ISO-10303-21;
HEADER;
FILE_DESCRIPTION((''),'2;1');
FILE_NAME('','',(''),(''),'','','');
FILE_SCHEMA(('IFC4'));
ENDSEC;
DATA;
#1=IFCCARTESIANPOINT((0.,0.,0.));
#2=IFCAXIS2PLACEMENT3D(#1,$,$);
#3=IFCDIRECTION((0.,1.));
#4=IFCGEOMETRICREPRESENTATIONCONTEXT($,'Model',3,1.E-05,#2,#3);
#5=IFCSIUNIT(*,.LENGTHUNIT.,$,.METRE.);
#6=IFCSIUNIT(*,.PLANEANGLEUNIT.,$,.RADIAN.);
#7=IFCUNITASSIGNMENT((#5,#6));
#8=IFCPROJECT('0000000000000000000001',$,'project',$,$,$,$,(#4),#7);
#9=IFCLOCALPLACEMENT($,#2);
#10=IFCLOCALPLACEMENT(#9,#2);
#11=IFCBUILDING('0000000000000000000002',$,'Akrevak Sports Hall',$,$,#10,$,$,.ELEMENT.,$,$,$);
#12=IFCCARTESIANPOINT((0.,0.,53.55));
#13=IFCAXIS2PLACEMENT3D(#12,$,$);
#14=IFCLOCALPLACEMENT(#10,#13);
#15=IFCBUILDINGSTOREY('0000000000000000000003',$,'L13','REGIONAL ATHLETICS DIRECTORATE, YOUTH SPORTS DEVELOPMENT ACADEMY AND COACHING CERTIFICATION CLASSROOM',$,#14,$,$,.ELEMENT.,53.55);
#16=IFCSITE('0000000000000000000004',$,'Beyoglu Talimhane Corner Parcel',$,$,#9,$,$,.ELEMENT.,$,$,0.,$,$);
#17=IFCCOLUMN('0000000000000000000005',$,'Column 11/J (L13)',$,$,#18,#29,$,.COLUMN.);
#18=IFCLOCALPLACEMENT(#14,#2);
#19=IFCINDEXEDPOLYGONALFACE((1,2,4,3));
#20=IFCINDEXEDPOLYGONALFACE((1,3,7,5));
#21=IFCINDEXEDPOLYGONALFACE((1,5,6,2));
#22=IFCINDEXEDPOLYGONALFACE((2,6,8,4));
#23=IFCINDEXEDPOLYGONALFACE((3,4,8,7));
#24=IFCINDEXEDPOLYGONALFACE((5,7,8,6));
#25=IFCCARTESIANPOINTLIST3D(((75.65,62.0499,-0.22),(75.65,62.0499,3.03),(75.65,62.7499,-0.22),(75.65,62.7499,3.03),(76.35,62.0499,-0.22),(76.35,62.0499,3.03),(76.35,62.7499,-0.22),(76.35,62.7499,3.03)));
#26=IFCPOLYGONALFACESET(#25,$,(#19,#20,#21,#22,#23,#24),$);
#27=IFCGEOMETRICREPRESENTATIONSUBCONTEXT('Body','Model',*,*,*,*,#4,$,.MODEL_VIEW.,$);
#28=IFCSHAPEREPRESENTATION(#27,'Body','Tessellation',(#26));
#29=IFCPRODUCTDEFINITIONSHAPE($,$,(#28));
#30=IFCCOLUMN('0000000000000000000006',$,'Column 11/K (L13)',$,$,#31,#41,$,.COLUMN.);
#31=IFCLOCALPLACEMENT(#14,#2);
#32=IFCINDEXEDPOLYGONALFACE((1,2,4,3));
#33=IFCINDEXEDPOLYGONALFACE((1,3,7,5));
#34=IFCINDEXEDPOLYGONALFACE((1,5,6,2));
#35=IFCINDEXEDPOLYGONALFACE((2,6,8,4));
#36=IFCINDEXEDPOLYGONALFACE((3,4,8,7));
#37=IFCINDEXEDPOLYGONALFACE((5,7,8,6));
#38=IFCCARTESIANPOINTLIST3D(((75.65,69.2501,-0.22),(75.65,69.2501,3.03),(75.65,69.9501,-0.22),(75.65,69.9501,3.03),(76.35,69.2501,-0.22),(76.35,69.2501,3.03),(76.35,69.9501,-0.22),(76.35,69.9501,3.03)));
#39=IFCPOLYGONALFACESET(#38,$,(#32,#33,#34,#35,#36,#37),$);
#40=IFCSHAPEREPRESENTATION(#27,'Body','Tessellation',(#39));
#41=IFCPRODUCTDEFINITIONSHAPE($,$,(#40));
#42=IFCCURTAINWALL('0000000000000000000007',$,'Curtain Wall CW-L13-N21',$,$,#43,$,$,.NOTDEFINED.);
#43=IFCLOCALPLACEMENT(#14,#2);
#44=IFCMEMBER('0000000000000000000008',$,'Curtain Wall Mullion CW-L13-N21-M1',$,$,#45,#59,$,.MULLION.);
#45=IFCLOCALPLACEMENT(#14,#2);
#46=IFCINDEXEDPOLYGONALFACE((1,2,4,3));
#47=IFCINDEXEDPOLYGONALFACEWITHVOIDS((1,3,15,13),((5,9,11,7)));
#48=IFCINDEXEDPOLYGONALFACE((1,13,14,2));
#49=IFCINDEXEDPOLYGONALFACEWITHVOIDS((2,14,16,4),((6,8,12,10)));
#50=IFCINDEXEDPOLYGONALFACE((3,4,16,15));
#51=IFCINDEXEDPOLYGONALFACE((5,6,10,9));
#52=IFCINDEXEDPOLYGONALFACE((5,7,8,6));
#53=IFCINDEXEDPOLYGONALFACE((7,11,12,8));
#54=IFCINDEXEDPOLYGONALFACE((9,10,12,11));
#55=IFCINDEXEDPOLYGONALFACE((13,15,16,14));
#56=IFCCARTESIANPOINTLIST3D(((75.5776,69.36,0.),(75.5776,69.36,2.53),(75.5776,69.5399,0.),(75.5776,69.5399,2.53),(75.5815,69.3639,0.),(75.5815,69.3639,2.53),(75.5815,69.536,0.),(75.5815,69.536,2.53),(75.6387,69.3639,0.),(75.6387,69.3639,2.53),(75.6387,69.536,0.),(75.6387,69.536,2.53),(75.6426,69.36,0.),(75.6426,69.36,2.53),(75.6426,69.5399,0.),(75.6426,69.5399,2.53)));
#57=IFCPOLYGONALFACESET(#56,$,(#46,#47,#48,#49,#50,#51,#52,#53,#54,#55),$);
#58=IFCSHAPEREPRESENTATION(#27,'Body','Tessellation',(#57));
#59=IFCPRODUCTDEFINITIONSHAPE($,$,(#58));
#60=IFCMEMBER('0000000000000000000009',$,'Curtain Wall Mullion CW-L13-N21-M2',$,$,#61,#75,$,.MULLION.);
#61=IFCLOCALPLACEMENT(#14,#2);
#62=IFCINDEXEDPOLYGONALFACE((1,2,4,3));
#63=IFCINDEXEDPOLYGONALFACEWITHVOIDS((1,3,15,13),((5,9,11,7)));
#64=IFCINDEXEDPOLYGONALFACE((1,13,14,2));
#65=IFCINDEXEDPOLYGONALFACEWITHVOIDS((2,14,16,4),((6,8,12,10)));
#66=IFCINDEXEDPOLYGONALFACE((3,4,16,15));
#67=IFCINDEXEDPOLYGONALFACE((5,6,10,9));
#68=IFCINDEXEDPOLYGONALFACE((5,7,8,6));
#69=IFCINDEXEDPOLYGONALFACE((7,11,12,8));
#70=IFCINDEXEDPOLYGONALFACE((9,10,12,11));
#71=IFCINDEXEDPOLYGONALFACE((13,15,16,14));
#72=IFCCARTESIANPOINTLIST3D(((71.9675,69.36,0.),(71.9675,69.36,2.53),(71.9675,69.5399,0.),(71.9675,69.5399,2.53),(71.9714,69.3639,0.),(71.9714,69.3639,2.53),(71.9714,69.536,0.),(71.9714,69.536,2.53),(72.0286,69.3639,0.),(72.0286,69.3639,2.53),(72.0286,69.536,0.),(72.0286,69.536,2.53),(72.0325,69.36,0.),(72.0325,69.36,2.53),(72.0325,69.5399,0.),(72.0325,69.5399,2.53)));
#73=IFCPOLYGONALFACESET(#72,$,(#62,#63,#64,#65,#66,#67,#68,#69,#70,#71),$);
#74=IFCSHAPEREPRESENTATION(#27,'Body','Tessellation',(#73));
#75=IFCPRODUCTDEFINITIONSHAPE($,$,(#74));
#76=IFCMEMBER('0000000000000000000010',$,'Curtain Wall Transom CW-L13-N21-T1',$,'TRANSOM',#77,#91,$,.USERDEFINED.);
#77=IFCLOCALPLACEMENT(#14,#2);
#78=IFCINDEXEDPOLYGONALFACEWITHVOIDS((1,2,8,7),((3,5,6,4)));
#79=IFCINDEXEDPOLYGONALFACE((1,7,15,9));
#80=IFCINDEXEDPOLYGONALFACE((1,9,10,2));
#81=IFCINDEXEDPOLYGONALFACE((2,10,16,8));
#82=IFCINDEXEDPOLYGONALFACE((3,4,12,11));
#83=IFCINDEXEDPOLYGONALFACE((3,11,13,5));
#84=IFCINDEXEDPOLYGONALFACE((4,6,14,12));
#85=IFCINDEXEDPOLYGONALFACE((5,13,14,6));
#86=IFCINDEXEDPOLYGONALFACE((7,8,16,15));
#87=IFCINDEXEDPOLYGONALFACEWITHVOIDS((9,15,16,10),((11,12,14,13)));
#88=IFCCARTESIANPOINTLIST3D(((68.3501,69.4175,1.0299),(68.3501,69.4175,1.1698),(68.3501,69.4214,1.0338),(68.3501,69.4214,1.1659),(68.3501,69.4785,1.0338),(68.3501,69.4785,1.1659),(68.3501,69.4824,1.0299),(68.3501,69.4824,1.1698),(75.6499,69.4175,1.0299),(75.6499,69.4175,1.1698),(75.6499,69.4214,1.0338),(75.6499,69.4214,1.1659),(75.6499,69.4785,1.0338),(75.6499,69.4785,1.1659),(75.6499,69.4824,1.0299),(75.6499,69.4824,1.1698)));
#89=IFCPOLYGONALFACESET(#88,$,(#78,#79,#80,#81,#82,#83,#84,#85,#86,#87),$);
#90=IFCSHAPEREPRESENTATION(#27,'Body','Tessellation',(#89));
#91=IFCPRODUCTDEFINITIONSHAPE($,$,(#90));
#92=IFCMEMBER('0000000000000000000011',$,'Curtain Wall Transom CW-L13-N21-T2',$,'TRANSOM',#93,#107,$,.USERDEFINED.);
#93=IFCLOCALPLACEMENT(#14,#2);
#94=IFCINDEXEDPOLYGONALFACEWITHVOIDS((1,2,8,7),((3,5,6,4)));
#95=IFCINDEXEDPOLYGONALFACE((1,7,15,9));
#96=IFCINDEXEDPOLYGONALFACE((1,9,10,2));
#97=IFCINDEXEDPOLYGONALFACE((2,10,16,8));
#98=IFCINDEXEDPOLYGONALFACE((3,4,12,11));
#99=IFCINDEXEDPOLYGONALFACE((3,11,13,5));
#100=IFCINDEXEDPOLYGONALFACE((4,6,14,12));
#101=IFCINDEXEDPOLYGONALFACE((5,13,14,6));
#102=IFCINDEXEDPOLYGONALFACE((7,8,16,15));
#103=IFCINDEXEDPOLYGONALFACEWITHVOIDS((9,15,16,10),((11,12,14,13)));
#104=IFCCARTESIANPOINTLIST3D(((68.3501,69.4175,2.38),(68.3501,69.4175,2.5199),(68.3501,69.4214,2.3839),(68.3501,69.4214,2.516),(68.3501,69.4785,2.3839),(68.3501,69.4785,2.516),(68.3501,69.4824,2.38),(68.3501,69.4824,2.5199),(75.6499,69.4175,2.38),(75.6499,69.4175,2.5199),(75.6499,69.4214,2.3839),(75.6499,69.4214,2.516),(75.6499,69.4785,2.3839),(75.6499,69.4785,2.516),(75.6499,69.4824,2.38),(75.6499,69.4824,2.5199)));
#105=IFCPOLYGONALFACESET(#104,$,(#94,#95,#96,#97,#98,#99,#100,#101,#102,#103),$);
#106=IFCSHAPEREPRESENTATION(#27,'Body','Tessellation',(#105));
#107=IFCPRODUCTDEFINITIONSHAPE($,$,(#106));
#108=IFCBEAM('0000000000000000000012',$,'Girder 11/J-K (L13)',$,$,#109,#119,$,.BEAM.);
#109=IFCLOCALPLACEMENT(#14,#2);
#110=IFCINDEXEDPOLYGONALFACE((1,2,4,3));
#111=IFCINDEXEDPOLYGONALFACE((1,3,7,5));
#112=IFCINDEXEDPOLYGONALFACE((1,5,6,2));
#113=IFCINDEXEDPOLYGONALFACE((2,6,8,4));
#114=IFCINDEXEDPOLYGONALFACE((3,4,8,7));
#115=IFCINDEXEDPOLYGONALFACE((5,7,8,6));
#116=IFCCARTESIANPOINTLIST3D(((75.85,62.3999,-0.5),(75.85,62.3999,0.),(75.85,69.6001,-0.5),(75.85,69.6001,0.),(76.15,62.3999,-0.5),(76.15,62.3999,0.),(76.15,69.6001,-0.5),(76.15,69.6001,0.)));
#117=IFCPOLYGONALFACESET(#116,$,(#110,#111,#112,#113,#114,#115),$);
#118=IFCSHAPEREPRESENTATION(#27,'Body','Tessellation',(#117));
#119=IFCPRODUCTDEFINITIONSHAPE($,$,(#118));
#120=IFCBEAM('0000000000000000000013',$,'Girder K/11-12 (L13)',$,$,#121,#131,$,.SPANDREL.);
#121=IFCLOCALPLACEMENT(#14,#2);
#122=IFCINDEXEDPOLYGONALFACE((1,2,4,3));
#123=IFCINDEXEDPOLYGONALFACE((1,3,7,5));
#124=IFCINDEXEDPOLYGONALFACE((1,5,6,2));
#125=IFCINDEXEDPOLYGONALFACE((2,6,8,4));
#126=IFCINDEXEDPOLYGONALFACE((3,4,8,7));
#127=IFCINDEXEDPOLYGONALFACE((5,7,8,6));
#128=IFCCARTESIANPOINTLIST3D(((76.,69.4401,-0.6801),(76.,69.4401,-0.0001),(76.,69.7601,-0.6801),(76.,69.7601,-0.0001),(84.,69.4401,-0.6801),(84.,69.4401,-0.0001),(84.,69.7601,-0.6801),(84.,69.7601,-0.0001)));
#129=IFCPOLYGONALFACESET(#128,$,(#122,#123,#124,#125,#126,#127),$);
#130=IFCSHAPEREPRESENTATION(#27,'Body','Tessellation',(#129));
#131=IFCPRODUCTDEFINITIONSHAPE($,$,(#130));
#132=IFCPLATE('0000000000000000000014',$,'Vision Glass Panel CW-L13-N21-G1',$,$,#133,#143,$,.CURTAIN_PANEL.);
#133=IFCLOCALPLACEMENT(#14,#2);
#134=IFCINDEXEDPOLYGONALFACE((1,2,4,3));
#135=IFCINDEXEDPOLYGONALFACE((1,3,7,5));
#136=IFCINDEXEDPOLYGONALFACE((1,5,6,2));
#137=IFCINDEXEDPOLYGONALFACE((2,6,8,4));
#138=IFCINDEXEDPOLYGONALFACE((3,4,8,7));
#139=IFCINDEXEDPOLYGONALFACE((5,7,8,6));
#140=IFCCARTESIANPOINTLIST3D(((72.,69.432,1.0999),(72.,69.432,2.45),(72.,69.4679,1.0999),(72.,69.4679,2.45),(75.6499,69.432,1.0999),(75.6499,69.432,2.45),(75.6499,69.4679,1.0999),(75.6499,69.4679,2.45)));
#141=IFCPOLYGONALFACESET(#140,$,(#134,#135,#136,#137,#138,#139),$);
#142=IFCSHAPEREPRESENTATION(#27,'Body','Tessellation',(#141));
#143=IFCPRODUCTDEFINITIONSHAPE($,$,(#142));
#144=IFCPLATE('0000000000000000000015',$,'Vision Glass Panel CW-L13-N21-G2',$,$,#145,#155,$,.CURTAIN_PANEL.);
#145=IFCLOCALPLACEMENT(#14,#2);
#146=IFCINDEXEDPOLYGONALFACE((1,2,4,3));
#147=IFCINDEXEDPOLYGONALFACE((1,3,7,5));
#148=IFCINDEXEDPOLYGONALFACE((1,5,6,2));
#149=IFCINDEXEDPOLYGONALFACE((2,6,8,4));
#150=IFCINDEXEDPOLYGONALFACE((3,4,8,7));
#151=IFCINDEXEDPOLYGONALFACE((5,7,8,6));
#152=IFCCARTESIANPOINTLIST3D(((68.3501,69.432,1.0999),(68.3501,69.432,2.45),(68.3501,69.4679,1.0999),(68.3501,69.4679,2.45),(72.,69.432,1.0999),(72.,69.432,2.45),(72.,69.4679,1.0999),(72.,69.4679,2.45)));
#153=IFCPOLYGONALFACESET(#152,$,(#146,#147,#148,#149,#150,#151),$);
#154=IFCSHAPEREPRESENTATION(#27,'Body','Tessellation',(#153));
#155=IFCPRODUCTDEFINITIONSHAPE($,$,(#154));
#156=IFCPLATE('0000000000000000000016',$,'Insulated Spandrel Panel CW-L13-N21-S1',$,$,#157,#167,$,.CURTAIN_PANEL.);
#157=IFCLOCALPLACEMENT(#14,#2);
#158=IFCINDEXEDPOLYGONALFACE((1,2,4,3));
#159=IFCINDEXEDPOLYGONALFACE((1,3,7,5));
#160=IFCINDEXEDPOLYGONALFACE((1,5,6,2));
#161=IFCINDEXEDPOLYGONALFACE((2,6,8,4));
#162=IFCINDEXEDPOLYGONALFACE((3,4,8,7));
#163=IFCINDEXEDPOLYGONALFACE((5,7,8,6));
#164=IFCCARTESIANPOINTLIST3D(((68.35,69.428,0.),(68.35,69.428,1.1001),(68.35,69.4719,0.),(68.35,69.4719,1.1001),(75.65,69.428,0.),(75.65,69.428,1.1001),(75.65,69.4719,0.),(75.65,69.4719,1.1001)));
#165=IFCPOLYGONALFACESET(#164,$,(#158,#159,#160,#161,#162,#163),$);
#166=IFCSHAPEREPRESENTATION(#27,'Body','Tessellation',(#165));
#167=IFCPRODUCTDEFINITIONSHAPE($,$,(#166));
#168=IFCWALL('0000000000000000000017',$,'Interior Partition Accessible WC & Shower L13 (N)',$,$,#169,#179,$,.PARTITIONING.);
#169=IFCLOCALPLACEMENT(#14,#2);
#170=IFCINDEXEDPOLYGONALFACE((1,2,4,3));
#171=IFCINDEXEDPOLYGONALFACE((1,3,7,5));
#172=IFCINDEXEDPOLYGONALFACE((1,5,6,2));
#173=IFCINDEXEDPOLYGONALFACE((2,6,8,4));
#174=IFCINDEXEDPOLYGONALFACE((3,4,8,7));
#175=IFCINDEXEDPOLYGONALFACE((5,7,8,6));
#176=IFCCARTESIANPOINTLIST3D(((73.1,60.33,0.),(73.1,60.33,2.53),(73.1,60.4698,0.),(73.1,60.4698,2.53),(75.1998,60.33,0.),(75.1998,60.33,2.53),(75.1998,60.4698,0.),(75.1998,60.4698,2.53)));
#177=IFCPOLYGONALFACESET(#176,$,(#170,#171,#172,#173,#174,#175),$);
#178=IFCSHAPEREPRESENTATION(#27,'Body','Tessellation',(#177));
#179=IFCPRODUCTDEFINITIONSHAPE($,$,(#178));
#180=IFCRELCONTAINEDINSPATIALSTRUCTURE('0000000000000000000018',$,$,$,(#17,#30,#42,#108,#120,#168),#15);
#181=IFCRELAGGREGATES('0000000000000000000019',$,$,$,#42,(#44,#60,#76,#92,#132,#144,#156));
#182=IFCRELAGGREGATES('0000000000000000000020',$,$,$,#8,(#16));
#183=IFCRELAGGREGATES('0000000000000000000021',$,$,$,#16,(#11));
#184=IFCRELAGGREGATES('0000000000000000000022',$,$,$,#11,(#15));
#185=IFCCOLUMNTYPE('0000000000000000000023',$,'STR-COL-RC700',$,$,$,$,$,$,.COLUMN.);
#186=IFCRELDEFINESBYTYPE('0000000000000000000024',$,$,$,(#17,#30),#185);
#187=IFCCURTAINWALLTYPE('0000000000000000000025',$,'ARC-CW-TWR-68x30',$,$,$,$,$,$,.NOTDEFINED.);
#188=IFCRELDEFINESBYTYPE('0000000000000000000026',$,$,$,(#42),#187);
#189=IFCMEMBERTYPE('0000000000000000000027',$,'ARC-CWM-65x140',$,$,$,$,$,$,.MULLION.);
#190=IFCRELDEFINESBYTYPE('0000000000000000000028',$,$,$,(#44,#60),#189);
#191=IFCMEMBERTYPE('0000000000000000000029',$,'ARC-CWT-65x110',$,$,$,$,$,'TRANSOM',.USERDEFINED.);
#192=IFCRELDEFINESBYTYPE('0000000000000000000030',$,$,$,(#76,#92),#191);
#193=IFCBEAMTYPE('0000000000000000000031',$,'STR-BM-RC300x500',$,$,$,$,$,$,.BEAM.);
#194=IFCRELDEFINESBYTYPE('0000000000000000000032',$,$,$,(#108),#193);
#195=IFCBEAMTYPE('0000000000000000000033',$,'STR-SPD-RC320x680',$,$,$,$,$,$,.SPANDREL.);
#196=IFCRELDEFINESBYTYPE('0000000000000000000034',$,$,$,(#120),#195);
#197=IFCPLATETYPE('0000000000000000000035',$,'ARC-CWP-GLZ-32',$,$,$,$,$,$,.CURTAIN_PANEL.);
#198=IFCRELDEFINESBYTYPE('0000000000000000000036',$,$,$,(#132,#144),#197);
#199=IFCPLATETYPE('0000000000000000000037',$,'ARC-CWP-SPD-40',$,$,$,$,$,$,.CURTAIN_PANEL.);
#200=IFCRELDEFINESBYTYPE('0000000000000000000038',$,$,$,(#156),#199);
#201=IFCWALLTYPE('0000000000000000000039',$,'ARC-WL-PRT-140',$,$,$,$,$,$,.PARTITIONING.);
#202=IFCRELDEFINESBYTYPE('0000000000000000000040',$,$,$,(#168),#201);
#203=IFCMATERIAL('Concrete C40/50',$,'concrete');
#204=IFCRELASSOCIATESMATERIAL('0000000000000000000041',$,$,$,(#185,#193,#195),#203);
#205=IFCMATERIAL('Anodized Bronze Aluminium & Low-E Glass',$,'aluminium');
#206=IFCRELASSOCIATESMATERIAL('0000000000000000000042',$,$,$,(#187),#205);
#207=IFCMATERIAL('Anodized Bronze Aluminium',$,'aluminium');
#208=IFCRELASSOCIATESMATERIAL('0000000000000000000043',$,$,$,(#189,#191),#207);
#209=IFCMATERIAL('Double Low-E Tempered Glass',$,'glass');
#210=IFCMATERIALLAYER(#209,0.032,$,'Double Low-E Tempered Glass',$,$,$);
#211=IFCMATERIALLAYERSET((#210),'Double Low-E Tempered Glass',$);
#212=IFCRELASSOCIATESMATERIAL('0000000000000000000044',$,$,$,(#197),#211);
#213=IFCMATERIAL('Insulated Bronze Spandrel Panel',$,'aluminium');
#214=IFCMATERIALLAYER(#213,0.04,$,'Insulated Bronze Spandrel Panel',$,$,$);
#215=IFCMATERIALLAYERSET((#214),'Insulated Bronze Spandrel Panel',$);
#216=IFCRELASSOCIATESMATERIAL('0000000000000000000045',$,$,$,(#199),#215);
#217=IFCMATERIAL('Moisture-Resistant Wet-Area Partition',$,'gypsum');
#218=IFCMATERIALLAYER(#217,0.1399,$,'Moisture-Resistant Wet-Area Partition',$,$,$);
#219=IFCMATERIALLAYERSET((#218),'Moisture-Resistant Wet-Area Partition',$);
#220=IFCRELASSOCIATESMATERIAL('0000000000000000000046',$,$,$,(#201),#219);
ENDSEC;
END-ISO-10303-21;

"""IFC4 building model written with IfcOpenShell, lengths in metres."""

from ifc_helpers import new_model, si_unit, direction, frame, frame_2d, origin, origin_2d, place, context, subcontext, project, spatial, rectangle, hollow_rectangle, extrude, material, layer, layer_set, material_profile, profile_set, type_object, element, aggregate, save


model = new_model("IFC4")

# Units and contexts
model_context = context("Model", 3, precision=1e-05, world=origin(), true_north=direction((0.0, 1.0)))
body_context = subcontext(model_context, "Body", "Model", "MODEL_VIEW")
ifc_project = project(units=[si_unit("LENGTHUNIT", "METRE"), si_unit("PLANEANGLEUNIT", "RADIAN")], contexts=[model_context])

# Site, building, storey
site_placement = place(None, origin())
site = spatial("IfcSite", under=ifc_project, at=site_placement, Name="Beyoglu Talimhane Corner Parcel", CompositionType="ELEMENT", RefElevation=0.0)
building_placement = place(site_placement, origin())
building = spatial("IfcBuilding", under=site, at=building_placement, Name="Akrevak Sports Hall", CompositionType="ELEMENT")
storey_placement = place(building_placement, frame((0.0, 0.0, 53.55)))
storey = spatial("IfcBuildingStorey", under=building, at=storey_placement, Name="L13", Description="REGIONAL ATHLETICS DIRECTORATE, YOUTH SPORTS DEVELOPMENT ACADEMY AND COACHING CERTIFICATION CLASSROOM", CompositionType="ELEMENT", Elevation=53.55)

# Columns
ifc_material_1 = material(Name="Concrete C40/50", Category="concrete")
ifc_material_profile_1 = material_profile(ifc_material_1, rectangle(XDim=0.7, YDim=0.7, at=origin_2d()), Name="RC 700x700", Category="concrete")
ifc_profile_set_1 = profile_set([ifc_material_profile_1], Name="Concrete C40/50")
column_type = type_object("IfcColumnType", Name="STR-COL-RC700", PredefinedType="COLUMN", material=ifc_profile_set_1)
for number, where, z_axis, x_axis, name in (
    (1, (76.0, 62.3999, -0.22), (0.0, 0.0, 1.0), (1.0, 0.0, 0.0), "Column 11/J (L13)"),
    (2, (76.0, 69.6001, -0.22), (0.0, 0.0, 1.0), (1.0, 0.0, 0.0), "Column 11/K (L13)"),
):
    element("IfcColumn", number, at=place(storey_placement, frame(where, z_axis=z_axis, x_axis=x_axis)), inside=storey, type_object=column_type, Name=name, PredefinedType="COLUMN", context=body_context, shape_type="SweptSolid", body=[
        extrude(rectangle(XDim=0.7, YDim=0.7, at=origin_2d()), origin(), (0.0, 0.0, 1.0), 3.25),
    ])

# Curtain wall, members
ifc_material_2 = material(Name="Anodized Bronze Aluminium & Low-E Glass", Category="aluminium")
curtain_wall_type = type_object("IfcCurtainWallType", Name="ARC-CW-TWR-68x30", PredefinedType="NOTDEFINED", material=ifc_material_2)
curtain_wall_placement = place(storey_placement, origin())
curtain_wall = element("IfcCurtainWall", 3, at=curtain_wall_placement, inside=storey, type_object=curtain_wall_type, Name="Curtain Wall CW-L13-N21", PredefinedType="NOTDEFINED")
ifc_material_3 = material(Name="Anodized Bronze Aluminium", Category="aluminium")
ifc_material_profile_2 = material_profile(ifc_material_3, hollow_rectangle(XDim=0.0649, YDim=0.1799, WallThickness=0.0039, at=origin_2d()), Name="CWM 65x180", Category="aluminium")
ifc_profile_set_2 = profile_set([ifc_material_profile_2], Name="Anodized Bronze Aluminium")
member_type_1 = type_object("IfcMemberType", Name="ARC-CWM-65x140", PredefinedType="MULLION", material=ifc_profile_set_2)
member_1_placement = place(storey_placement, frame((75.6101, 69.45, 0.0), z_axis=(0.0, 0.0, 1.0), x_axis=(-1.0, 0.0, 0.0)))
member_1 = element("IfcMember", 4, at=member_1_placement, type_object=member_type_1, Name="Curtain Wall Mullion CW-L13-N21-M1", PredefinedType="MULLION", context=body_context, shape_type="SweptSolid", body=[
    extrude(hollow_rectangle(XDim=0.0649, YDim=0.1799, WallThickness=0.0039, at=origin_2d()), origin(), (0.0, 0.0, 1.0), 2.53),
])
member_2_placement = place(storey_placement, frame((72.0, 69.45, 0.0), z_axis=(0.0, 0.0, 1.0), x_axis=(-1.0, 0.0, 0.0)))
member_2 = element("IfcMember", 5, at=member_2_placement, type_object=member_type_1, Name="Curtain Wall Mullion CW-L13-N21-M2", PredefinedType="MULLION", context=body_context, shape_type="SweptSolid", body=[
    extrude(hollow_rectangle(XDim=0.0649, YDim=0.1799, WallThickness=0.0039, at=origin_2d()), origin(), (0.0, 0.0, 1.0), 2.53),
])
ifc_material_profile_3 = material_profile(ifc_material_3, hollow_rectangle(XDim=0.0649, YDim=0.1399, WallThickness=0.0039, at=origin_2d()), Name="CWT 65x140", Category="aluminium")
ifc_profile_set_3 = profile_set([ifc_material_profile_3], Name="Anodized Bronze Aluminium")
member_type_2 = type_object("IfcMemberType", Name="ARC-CWT-65x110", ElementType="TRANSOM", PredefinedType="USERDEFINED", material=ifc_profile_set_3)
member_3_placement = place(storey_placement, frame((75.6499, 69.45, 1.0999), z_axis=(-1.0, 0.0, 0.0), x_axis=(0.0, -1.0, 0.0)))
member_3 = element("IfcMember", 6, at=member_3_placement, type_object=member_type_2, Name="Curtain Wall Transom CW-L13-N21-T1", ObjectType="TRANSOM", PredefinedType="USERDEFINED", context=body_context, shape_type="SweptSolid", body=[
    extrude(hollow_rectangle(XDim=0.0649, YDim=0.1399, WallThickness=0.0039, at=origin_2d()), origin(), (0.0, 0.0, 1.0), 7.2998),
])
member_4_placement = place(storey_placement, frame((75.6499, 69.45, 2.45), z_axis=(-1.0, 0.0, 0.0), x_axis=(0.0, -1.0, 0.0)))
member_4 = element("IfcMember", 7, at=member_4_placement, type_object=member_type_2, Name="Curtain Wall Transom CW-L13-N21-T2", ObjectType="TRANSOM", PredefinedType="USERDEFINED", context=body_context, shape_type="SweptSolid", body=[
    extrude(hollow_rectangle(XDim=0.0649, YDim=0.1399, WallThickness=0.0039, at=origin_2d()), origin(), (0.0, 0.0, 1.0), 7.2998),
])

# Beams
ifc_material_profile_4 = material_profile(ifc_material_1, rectangle(XDim=0.3, YDim=0.5, at=origin_2d()), Name="BM 300x500", Category="concrete")
ifc_profile_set_4 = profile_set([ifc_material_profile_4], Name="Concrete C40/50")
beam_type_1 = type_object("IfcBeamType", Name="STR-BM-RC300x500", PredefinedType="BEAM", material=ifc_profile_set_4)
beam_1_placement = place(storey_placement, frame((76.0, 62.3999, -0.25), z_axis=(0.0, 1.0, 0.0), x_axis=(-1.0, 0.0, 0.0)))
element("IfcBeam", 8, at=beam_1_placement, inside=storey, type_object=beam_type_1, Name="Girder 11/J-K (L13)", PredefinedType="BEAM", context=body_context, shape_type="SweptSolid", body=[
    extrude(rectangle(XDim=0.3, YDim=0.5, at=origin_2d()), origin(), (0.0, 0.0, 1.0), 7.2002),
])
ifc_material_profile_5 = material_profile(ifc_material_1, rectangle(XDim=0.3201, YDim=0.6799, at=origin_2d()), Name="SPD 320x680", Category="concrete")
ifc_profile_set_5 = profile_set([ifc_material_profile_5], Name="Concrete C40/50")
beam_type_2 = type_object("IfcBeamType", Name="STR-SPD-RC320x680", PredefinedType="SPANDREL", material=ifc_profile_set_5)
beam_2_placement = place(storey_placement, frame((76.0, 69.6001, -0.3401), z_axis=(1.0, 0.0, 0.0), x_axis=(0.0, 1.0, 0.0)))
element("IfcBeam", 9, at=beam_2_placement, inside=storey, type_object=beam_type_2, Name="Girder K/11-12 (L13)", PredefinedType="SPANDREL", context=body_context, shape_type="SweptSolid", body=[
    extrude(rectangle(XDim=0.3201, YDim=0.6799, at=origin_2d()), origin(), (0.0, 0.0, 1.0), 8.0),
])

# Plates
ifc_material_4 = material(Name="Double Low-E Tempered Glass", Category="glass")
ifc_layer_1 = layer(ifc_material_4, 0.032, Name="Double Low-E Tempered Glass")
ifc_layer_set_1 = layer_set([ifc_layer_1], Name="Double Low-E Tempered Glass")
plate_type_1 = type_object("IfcPlateType", Name="ARC-CWP-GLZ-32", PredefinedType="CURTAIN_PANEL", material=ifc_layer_set_1)
plate_1_placement = place(storey_placement, frame((73.825, 69.45, 1.0999), z_axis=(0.0, 0.0, 1.0), x_axis=(-1.0, 0.0, 0.0)))
plate_1 = element("IfcPlate", 10, at=plate_1_placement, type_object=plate_type_1, Name="Vision Glass Panel CW-L13-N21-G1", PredefinedType="CURTAIN_PANEL", context=body_context, shape_type="SweptSolid", body=[
    extrude(rectangle(XDim=3.6499, YDim=0.0359, at=origin_2d()), origin(), (0.0, 0.0, 1.0), 1.3501),
])
plate_2_placement = place(storey_placement, frame((70.175, 69.45, 1.0999), z_axis=(0.0, 0.0, 1.0), x_axis=(-1.0, 0.0, 0.0)))
plate_2 = element("IfcPlate", 11, at=plate_2_placement, type_object=plate_type_1, Name="Vision Glass Panel CW-L13-N21-G2", PredefinedType="CURTAIN_PANEL", context=body_context, shape_type="SweptSolid", body=[
    extrude(rectangle(XDim=3.6499, YDim=0.0359, at=origin_2d()), origin(), (0.0, 0.0, 1.0), 1.3501),
])
ifc_material_5 = material(Name="Insulated Bronze Spandrel Panel", Category="aluminium")
ifc_layer_2 = layer(ifc_material_5, 0.04, Name="Insulated Bronze Spandrel Panel")
ifc_layer_set_2 = layer_set([ifc_layer_2], Name="Insulated Bronze Spandrel Panel")
plate_type_2 = type_object("IfcPlateType", Name="ARC-CWP-SPD-40", PredefinedType="CURTAIN_PANEL", material=ifc_layer_set_2)
plate_3_placement = place(storey_placement, frame((72.0, 69.45, 0.0), z_axis=(0.0, 0.0, 1.0), x_axis=(-1.0, 0.0, 0.0)))
plate_3 = element("IfcPlate", 12, at=plate_3_placement, type_object=plate_type_2, Name="Insulated Spandrel Panel CW-L13-N21-S1", PredefinedType="CURTAIN_PANEL", context=body_context, shape_type="SweptSolid", body=[
    extrude(rectangle(XDim=7.3, YDim=0.0439, at=origin_2d()), origin(), (0.0, 0.0, 1.0), 1.1001),
])
aggregate(curtain_wall, [member_1, member_2, member_3, member_4, plate_1, plate_2, plate_3])

# Wall
ifc_material_6 = material(Name="Moisture-Resistant Wet-Area Partition", Category="gypsum")
ifc_layer_3 = layer(ifc_material_6, 0.1399, Name="Moisture-Resistant Wet-Area Partition")
ifc_layer_set_3 = layer_set([ifc_layer_3], Name="Moisture-Resistant Wet-Area Partition")
wall_type_1 = type_object("IfcWallType", Name="ARC-WL-PRT-140", PredefinedType="PARTITIONING", material=ifc_layer_set_3)
wall_1_placement = place(storey_placement, frame((73.1001, 60.3999, 0.0), z_axis=(0.0, 0.0, 1.0), x_axis=(1.0, 0.0, 0.0)))
element("IfcWall", 13, at=wall_1_placement, inside=storey, type_object=wall_type_1, Name="Interior Partition Accessible WC & Shower L13 (N)", PredefinedType="PARTITIONING", context=body_context, shape_type="SweptSolid", body=[
    extrude(rectangle(XDim=2.0999, YDim=0.1399, at=frame_2d((1.0498, 0.0))), origin(), (0.0, 0.0, 1.0), 2.53),
])

save(model, "model.ifc")
